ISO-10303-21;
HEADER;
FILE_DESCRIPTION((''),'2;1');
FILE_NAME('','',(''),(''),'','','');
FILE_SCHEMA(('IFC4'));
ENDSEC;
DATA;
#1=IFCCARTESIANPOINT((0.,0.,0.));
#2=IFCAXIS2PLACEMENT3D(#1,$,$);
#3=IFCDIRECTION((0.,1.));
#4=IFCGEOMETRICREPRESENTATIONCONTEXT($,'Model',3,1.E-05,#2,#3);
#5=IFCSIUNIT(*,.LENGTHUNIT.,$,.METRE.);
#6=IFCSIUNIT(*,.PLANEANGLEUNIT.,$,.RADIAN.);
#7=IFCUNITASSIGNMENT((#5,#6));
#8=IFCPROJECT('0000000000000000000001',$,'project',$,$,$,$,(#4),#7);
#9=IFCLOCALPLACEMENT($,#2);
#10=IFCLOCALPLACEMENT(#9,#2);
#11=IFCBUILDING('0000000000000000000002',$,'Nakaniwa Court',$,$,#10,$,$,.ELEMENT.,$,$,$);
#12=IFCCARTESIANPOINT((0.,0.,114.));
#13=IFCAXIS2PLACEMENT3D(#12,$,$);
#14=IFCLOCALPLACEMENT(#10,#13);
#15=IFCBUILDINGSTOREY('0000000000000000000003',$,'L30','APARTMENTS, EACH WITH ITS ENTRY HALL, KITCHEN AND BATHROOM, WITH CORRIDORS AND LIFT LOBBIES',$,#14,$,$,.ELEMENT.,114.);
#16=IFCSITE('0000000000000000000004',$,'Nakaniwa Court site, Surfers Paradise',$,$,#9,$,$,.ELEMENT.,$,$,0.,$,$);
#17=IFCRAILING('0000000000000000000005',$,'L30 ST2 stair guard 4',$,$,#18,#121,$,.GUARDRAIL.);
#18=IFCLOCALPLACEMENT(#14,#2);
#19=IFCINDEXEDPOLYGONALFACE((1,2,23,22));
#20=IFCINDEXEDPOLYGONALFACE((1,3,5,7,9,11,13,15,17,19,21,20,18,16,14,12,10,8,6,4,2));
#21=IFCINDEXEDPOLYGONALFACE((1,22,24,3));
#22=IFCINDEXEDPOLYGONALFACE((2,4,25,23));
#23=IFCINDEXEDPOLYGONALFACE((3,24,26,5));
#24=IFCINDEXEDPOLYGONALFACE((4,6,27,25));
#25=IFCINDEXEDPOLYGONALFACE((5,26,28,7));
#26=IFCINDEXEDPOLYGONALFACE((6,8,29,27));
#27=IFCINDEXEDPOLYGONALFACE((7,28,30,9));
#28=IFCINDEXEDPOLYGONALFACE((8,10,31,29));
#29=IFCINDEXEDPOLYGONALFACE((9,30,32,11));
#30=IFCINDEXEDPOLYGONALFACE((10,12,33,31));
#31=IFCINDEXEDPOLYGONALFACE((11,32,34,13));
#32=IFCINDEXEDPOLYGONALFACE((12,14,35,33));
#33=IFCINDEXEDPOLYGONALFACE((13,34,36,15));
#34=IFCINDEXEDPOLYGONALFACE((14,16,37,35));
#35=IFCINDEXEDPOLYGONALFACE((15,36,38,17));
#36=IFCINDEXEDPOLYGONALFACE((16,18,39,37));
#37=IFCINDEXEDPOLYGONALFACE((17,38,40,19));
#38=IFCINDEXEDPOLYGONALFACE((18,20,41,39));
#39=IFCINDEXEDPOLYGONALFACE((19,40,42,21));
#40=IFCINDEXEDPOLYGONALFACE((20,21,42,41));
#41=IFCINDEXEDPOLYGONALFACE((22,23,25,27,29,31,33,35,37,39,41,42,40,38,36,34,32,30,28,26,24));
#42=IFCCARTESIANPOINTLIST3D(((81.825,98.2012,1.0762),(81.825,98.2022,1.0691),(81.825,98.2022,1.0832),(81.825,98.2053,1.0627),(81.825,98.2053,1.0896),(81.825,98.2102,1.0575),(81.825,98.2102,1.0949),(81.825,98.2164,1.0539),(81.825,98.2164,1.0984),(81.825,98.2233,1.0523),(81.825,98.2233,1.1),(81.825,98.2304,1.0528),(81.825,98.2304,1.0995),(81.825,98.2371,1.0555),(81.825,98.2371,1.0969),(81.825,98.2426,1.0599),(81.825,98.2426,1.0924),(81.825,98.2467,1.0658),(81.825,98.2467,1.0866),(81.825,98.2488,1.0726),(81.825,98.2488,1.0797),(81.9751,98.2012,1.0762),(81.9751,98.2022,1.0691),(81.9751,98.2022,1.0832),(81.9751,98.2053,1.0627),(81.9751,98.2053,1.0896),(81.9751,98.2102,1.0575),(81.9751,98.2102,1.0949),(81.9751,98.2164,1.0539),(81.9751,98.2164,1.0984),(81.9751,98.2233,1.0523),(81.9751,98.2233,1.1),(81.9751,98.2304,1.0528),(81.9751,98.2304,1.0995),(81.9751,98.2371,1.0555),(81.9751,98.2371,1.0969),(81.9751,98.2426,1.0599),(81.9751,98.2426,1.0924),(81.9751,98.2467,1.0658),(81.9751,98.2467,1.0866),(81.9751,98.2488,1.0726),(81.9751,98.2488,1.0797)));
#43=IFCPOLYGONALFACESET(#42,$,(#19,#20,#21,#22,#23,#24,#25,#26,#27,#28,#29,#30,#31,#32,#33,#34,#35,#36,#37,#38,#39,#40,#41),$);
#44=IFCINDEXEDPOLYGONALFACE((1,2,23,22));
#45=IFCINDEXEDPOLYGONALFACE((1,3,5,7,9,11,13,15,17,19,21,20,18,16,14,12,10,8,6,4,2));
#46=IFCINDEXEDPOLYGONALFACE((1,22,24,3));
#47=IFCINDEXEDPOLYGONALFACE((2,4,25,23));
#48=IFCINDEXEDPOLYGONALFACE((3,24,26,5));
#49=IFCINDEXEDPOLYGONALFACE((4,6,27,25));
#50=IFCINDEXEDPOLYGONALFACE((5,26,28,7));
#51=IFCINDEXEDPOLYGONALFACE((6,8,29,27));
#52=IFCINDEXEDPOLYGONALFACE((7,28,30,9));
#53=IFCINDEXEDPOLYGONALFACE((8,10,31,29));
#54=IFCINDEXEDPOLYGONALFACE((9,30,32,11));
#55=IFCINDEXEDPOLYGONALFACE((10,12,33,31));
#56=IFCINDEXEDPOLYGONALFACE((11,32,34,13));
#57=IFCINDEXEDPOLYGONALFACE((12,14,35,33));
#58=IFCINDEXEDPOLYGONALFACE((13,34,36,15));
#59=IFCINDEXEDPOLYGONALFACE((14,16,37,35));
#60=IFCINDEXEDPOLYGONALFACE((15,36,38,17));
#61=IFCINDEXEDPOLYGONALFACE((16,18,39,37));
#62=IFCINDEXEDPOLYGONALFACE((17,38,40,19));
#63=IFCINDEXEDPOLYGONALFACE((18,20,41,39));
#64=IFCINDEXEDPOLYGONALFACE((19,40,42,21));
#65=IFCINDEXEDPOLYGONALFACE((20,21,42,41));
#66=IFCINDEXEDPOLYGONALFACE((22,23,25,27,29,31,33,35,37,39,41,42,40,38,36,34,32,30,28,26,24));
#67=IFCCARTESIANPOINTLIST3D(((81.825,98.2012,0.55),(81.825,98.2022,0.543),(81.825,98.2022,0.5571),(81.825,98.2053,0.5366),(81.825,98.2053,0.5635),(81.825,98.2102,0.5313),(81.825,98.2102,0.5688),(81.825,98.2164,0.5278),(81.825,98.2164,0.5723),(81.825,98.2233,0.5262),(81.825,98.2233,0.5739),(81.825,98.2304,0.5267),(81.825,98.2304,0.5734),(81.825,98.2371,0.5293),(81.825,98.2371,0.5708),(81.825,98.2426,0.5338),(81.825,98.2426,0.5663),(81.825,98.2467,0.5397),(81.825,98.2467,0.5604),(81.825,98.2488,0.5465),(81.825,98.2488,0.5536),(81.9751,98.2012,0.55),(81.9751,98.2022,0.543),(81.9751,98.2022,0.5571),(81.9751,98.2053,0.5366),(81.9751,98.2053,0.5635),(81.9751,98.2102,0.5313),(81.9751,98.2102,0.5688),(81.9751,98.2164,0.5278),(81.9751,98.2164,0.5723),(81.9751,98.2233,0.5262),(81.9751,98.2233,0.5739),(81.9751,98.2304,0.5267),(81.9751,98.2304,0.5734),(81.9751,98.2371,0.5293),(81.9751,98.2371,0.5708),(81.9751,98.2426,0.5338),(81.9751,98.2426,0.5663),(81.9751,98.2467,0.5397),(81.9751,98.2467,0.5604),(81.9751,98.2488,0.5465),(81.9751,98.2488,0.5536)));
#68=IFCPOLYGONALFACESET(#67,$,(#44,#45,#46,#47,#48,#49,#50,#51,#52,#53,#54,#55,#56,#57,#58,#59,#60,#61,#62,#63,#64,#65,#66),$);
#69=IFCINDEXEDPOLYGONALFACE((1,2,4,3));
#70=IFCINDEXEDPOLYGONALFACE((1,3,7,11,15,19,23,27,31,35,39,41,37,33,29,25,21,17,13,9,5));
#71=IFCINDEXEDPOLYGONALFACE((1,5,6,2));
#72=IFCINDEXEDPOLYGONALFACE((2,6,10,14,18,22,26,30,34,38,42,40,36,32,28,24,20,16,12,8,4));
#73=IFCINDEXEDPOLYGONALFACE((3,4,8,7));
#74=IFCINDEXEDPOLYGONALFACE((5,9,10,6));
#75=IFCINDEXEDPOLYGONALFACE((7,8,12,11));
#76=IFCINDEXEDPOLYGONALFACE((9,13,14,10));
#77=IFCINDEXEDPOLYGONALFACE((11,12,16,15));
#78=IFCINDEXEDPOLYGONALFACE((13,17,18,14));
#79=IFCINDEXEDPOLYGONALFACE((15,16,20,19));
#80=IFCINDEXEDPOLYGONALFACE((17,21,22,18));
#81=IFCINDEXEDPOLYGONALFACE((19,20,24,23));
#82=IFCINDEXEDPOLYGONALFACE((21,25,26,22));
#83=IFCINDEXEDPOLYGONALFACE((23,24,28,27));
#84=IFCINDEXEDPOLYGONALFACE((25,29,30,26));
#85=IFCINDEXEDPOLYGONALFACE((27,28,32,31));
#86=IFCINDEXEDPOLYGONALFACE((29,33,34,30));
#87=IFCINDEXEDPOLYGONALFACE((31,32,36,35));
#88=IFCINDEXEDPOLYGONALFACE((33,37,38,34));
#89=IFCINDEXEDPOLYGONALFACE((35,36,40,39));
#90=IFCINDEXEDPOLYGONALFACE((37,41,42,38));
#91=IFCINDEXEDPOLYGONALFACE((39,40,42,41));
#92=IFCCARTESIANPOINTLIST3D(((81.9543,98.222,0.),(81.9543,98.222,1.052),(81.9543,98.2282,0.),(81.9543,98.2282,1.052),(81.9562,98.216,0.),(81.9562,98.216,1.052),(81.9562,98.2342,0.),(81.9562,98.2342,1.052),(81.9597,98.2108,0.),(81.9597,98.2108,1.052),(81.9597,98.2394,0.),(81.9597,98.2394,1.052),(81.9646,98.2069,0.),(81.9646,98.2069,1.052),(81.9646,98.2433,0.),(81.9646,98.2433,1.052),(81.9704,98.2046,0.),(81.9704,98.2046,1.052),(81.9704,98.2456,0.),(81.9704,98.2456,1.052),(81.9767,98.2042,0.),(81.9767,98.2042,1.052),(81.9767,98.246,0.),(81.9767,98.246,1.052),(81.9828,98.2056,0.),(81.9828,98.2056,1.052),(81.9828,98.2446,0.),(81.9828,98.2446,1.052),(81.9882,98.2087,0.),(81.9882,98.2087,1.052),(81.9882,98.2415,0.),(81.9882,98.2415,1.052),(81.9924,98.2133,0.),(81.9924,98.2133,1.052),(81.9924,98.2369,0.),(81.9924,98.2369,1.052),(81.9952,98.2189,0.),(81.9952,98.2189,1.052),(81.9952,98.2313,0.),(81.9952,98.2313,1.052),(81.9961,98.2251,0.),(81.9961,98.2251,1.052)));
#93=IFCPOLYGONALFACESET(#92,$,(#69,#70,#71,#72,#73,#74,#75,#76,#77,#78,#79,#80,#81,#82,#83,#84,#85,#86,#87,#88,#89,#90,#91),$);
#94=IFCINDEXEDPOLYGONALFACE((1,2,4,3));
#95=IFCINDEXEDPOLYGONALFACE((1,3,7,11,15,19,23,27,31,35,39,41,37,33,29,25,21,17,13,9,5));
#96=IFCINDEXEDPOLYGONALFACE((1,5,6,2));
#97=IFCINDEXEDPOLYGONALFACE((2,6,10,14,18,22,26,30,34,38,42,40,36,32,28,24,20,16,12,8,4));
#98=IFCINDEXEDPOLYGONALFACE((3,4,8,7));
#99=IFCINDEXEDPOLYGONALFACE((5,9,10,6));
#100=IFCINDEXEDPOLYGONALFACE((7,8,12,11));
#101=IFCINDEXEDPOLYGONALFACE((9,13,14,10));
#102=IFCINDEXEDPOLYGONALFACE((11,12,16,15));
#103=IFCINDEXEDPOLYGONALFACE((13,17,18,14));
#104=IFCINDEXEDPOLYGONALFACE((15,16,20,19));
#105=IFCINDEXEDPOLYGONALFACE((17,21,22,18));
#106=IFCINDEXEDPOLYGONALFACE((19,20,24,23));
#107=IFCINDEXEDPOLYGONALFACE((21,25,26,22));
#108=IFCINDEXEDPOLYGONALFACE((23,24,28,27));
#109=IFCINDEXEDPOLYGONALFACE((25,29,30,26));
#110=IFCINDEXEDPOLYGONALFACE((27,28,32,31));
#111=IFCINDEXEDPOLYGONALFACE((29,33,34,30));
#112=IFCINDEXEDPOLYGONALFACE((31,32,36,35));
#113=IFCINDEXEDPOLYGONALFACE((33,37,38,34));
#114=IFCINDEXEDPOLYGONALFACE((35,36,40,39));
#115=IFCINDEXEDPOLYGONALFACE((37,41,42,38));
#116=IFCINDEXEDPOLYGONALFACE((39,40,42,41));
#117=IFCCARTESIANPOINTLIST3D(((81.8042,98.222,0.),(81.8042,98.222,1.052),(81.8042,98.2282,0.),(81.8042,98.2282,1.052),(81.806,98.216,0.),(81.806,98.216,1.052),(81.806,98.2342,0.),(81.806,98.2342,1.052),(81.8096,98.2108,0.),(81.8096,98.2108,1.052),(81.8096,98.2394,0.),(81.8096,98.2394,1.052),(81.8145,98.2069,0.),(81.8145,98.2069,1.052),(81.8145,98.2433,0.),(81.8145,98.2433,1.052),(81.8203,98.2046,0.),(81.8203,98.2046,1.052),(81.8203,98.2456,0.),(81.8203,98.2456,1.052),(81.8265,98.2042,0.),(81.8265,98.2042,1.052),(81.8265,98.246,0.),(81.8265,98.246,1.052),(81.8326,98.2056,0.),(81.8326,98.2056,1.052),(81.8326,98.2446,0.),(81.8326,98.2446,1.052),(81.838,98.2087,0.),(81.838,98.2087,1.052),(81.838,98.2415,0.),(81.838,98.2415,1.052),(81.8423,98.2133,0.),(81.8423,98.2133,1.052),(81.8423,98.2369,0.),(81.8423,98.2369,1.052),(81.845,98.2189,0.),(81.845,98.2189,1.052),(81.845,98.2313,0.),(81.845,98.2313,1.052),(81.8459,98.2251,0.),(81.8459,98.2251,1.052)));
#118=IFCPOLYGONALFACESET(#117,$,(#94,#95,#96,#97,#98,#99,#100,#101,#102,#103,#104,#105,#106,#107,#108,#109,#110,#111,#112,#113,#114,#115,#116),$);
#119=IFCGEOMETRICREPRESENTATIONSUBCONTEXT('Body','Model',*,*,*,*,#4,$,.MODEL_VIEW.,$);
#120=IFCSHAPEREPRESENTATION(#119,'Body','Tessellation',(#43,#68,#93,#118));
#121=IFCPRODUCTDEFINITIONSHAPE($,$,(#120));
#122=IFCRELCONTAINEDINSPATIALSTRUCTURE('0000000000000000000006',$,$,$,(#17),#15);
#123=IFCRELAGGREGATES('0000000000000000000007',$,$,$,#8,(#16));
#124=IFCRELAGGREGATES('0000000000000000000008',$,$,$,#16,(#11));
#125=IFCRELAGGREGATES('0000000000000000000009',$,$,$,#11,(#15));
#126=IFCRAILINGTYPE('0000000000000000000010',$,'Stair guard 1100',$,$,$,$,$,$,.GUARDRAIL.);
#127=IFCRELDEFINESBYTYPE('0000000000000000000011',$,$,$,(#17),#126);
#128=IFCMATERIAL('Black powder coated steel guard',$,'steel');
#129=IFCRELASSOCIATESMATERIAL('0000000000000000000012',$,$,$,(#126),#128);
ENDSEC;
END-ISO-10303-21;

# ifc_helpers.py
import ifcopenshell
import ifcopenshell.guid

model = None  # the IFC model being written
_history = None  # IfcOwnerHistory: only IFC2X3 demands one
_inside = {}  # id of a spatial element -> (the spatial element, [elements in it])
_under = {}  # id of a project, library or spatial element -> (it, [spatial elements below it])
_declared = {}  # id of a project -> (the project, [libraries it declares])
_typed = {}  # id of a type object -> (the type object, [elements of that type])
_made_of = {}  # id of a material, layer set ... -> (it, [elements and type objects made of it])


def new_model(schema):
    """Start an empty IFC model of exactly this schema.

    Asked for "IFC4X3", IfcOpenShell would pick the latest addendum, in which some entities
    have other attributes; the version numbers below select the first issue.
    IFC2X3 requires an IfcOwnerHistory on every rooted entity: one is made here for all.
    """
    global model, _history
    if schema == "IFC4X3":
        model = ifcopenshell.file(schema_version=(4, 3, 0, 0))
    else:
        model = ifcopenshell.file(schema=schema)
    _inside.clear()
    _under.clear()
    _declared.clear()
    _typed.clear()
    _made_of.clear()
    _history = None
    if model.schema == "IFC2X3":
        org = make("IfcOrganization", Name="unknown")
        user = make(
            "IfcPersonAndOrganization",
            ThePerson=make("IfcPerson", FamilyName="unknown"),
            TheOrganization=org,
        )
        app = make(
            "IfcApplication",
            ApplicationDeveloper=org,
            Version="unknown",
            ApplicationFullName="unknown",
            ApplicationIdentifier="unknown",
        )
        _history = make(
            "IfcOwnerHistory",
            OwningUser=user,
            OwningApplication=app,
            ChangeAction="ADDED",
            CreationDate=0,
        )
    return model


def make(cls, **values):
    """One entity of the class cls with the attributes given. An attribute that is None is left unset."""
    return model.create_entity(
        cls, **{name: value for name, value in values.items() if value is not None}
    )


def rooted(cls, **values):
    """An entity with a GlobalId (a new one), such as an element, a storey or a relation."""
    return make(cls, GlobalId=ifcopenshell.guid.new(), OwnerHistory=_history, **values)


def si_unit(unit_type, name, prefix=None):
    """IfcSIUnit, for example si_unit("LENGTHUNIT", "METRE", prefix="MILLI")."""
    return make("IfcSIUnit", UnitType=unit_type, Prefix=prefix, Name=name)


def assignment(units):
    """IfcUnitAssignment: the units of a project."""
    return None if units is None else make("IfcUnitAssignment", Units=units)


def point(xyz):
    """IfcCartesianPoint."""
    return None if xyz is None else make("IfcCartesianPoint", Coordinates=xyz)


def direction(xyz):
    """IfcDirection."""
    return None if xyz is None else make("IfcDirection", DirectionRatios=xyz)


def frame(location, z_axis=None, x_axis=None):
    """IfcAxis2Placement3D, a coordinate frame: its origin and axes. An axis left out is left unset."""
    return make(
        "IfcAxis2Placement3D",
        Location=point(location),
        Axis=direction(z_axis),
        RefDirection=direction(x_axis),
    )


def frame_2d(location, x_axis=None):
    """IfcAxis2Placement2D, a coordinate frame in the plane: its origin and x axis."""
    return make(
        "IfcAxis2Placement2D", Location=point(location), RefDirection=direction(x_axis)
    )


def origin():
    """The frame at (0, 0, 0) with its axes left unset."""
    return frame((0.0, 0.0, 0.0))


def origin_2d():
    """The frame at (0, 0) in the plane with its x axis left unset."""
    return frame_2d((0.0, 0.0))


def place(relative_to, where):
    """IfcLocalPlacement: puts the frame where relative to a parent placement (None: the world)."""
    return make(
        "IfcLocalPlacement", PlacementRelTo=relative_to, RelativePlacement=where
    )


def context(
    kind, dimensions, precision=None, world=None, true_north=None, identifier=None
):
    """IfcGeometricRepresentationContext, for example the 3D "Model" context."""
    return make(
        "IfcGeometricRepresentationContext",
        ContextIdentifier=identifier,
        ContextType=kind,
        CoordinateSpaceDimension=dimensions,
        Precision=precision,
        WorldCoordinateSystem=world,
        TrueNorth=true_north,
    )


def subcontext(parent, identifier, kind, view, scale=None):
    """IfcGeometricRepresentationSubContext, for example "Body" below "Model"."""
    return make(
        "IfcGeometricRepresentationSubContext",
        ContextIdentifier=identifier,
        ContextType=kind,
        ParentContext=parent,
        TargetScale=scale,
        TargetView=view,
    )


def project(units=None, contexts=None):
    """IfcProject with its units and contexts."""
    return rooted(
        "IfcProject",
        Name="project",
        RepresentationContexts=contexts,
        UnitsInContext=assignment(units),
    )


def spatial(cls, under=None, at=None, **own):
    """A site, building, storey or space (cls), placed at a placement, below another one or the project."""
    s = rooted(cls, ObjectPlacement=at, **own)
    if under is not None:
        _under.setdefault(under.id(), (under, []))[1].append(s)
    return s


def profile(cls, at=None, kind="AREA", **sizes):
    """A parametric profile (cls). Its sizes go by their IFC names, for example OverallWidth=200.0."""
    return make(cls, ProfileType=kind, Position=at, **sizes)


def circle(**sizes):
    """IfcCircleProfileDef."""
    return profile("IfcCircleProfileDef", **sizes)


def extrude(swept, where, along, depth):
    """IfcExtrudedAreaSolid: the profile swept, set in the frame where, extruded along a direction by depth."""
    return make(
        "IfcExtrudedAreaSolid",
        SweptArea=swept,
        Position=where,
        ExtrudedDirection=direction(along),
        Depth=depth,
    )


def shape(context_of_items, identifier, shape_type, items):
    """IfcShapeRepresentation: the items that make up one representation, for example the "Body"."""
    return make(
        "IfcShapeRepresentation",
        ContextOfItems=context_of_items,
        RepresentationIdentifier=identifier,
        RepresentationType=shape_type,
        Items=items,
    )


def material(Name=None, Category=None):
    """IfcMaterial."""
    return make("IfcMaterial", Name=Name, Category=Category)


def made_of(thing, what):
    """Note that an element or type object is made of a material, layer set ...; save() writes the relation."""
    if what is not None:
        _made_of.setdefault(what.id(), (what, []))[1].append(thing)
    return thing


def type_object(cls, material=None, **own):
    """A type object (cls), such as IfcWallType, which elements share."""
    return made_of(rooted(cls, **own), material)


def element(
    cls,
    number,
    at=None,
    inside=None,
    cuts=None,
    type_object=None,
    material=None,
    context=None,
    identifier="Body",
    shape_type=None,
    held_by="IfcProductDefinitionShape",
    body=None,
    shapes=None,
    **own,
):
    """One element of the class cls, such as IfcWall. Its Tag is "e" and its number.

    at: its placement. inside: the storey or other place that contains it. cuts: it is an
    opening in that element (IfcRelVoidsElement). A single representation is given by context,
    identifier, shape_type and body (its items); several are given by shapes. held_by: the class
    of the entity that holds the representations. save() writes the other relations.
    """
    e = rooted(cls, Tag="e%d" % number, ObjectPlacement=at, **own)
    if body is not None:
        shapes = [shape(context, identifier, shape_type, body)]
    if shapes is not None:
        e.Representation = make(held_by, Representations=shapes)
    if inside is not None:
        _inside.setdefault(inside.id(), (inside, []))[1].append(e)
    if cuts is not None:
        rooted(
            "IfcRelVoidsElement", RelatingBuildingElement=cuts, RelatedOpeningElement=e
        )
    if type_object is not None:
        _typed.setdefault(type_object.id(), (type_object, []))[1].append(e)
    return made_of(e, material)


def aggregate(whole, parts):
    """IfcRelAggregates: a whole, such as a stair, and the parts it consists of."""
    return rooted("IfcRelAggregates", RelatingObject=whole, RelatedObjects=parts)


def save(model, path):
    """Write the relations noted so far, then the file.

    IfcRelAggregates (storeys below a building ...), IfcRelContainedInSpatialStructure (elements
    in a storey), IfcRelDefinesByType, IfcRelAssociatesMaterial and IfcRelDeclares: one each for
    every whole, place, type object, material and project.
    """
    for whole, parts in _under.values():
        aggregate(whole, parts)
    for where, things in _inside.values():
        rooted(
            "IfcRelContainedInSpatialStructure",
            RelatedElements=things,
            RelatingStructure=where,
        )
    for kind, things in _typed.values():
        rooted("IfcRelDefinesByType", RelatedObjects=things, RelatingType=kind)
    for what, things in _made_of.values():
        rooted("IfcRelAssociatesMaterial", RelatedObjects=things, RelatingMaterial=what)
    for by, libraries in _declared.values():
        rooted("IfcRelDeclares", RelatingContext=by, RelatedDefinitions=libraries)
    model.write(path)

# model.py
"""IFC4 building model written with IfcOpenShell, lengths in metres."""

from ifc_helpers import new_model, si_unit, direction, frame, origin, origin_2d, place, context, subcontext, project, spatial, circle, extrude, material, type_object, element, save


model = new_model("IFC4")

# Units and contexts
model_context = context("Model", 3, precision=1e-05, world=origin(), true_north=direction((0.0, 1.0)))
body_context = subcontext(model_context, "Body", "Model", "MODEL_VIEW")
ifc_project = project(units=[si_unit("LENGTHUNIT", "METRE"), si_unit("PLANEANGLEUNIT", "RADIAN")], contexts=[model_context])

# Site, building, storey
site_placement = place(None, origin())
site = spatial("IfcSite", under=ifc_project, at=site_placement, Name="Nakaniwa Court site, Surfers Paradise", CompositionType="ELEMENT", RefElevation=0.0)
building_placement = place(site_placement, origin())
building = spatial("IfcBuilding", under=site, at=building_placement, Name="Nakaniwa Court", CompositionType="ELEMENT")
storey_placement = place(building_placement, frame((0.0, 0.0, 114.0)))
storey = spatial("IfcBuildingStorey", under=building, at=storey_placement, Name="L30", Description="APARTMENTS, EACH WITH ITS ENTRY HALL, KITCHEN AND BATHROOM, WITH CORRIDORS AND LIFT LOBBIES", CompositionType="ELEMENT", Elevation=114.0)

# Railing
ifc_material_1 = material(Name="Black powder coated steel guard", Category="steel")
railing_type_1 = type_object("IfcRailingType", Name="Stair guard 1100", PredefinedType="GUARDRAIL", material=ifc_material_1)
railing_1_placement = place(storey_placement, frame((81.9751, 98.2251, 0.0)))
element("IfcRailing", 1, at=railing_1_placement, inside=storey, type_object=railing_type_1, Name="L30 ST2 stair guard 4", PredefinedType="GUARDRAIL", context=body_context, shape_type="SweptSolid", body=[
    extrude(circle(Radius=0.0239, at=origin_2d()), frame((0.0, 0.0, 1.0762), z_axis=(-1.0, 0.0, 0.0), x_axis=(0.0, -1.0, 0.0)), (0.0, 0.0, 1.0), 0.1501),
    extrude(circle(Radius=0.0239, at=origin_2d()), frame((0.0, 0.0, 0.55), z_axis=(-1.0, 0.0, 0.0), x_axis=(0.0, -1.0, 0.0)), (0.0, 0.0, 1.0), 0.1501),
    extrude(circle(Radius=0.021, at=origin_2d()), origin(), (0.0, 0.0, 1.0), 1.052),
    extrude(circle(Radius=0.021, at=origin_2d()), frame((-0.1501, 0.0, 0.0)), (0.0, 0.0, 1.0), 1.052),
])

save(model, "model.ifc")
